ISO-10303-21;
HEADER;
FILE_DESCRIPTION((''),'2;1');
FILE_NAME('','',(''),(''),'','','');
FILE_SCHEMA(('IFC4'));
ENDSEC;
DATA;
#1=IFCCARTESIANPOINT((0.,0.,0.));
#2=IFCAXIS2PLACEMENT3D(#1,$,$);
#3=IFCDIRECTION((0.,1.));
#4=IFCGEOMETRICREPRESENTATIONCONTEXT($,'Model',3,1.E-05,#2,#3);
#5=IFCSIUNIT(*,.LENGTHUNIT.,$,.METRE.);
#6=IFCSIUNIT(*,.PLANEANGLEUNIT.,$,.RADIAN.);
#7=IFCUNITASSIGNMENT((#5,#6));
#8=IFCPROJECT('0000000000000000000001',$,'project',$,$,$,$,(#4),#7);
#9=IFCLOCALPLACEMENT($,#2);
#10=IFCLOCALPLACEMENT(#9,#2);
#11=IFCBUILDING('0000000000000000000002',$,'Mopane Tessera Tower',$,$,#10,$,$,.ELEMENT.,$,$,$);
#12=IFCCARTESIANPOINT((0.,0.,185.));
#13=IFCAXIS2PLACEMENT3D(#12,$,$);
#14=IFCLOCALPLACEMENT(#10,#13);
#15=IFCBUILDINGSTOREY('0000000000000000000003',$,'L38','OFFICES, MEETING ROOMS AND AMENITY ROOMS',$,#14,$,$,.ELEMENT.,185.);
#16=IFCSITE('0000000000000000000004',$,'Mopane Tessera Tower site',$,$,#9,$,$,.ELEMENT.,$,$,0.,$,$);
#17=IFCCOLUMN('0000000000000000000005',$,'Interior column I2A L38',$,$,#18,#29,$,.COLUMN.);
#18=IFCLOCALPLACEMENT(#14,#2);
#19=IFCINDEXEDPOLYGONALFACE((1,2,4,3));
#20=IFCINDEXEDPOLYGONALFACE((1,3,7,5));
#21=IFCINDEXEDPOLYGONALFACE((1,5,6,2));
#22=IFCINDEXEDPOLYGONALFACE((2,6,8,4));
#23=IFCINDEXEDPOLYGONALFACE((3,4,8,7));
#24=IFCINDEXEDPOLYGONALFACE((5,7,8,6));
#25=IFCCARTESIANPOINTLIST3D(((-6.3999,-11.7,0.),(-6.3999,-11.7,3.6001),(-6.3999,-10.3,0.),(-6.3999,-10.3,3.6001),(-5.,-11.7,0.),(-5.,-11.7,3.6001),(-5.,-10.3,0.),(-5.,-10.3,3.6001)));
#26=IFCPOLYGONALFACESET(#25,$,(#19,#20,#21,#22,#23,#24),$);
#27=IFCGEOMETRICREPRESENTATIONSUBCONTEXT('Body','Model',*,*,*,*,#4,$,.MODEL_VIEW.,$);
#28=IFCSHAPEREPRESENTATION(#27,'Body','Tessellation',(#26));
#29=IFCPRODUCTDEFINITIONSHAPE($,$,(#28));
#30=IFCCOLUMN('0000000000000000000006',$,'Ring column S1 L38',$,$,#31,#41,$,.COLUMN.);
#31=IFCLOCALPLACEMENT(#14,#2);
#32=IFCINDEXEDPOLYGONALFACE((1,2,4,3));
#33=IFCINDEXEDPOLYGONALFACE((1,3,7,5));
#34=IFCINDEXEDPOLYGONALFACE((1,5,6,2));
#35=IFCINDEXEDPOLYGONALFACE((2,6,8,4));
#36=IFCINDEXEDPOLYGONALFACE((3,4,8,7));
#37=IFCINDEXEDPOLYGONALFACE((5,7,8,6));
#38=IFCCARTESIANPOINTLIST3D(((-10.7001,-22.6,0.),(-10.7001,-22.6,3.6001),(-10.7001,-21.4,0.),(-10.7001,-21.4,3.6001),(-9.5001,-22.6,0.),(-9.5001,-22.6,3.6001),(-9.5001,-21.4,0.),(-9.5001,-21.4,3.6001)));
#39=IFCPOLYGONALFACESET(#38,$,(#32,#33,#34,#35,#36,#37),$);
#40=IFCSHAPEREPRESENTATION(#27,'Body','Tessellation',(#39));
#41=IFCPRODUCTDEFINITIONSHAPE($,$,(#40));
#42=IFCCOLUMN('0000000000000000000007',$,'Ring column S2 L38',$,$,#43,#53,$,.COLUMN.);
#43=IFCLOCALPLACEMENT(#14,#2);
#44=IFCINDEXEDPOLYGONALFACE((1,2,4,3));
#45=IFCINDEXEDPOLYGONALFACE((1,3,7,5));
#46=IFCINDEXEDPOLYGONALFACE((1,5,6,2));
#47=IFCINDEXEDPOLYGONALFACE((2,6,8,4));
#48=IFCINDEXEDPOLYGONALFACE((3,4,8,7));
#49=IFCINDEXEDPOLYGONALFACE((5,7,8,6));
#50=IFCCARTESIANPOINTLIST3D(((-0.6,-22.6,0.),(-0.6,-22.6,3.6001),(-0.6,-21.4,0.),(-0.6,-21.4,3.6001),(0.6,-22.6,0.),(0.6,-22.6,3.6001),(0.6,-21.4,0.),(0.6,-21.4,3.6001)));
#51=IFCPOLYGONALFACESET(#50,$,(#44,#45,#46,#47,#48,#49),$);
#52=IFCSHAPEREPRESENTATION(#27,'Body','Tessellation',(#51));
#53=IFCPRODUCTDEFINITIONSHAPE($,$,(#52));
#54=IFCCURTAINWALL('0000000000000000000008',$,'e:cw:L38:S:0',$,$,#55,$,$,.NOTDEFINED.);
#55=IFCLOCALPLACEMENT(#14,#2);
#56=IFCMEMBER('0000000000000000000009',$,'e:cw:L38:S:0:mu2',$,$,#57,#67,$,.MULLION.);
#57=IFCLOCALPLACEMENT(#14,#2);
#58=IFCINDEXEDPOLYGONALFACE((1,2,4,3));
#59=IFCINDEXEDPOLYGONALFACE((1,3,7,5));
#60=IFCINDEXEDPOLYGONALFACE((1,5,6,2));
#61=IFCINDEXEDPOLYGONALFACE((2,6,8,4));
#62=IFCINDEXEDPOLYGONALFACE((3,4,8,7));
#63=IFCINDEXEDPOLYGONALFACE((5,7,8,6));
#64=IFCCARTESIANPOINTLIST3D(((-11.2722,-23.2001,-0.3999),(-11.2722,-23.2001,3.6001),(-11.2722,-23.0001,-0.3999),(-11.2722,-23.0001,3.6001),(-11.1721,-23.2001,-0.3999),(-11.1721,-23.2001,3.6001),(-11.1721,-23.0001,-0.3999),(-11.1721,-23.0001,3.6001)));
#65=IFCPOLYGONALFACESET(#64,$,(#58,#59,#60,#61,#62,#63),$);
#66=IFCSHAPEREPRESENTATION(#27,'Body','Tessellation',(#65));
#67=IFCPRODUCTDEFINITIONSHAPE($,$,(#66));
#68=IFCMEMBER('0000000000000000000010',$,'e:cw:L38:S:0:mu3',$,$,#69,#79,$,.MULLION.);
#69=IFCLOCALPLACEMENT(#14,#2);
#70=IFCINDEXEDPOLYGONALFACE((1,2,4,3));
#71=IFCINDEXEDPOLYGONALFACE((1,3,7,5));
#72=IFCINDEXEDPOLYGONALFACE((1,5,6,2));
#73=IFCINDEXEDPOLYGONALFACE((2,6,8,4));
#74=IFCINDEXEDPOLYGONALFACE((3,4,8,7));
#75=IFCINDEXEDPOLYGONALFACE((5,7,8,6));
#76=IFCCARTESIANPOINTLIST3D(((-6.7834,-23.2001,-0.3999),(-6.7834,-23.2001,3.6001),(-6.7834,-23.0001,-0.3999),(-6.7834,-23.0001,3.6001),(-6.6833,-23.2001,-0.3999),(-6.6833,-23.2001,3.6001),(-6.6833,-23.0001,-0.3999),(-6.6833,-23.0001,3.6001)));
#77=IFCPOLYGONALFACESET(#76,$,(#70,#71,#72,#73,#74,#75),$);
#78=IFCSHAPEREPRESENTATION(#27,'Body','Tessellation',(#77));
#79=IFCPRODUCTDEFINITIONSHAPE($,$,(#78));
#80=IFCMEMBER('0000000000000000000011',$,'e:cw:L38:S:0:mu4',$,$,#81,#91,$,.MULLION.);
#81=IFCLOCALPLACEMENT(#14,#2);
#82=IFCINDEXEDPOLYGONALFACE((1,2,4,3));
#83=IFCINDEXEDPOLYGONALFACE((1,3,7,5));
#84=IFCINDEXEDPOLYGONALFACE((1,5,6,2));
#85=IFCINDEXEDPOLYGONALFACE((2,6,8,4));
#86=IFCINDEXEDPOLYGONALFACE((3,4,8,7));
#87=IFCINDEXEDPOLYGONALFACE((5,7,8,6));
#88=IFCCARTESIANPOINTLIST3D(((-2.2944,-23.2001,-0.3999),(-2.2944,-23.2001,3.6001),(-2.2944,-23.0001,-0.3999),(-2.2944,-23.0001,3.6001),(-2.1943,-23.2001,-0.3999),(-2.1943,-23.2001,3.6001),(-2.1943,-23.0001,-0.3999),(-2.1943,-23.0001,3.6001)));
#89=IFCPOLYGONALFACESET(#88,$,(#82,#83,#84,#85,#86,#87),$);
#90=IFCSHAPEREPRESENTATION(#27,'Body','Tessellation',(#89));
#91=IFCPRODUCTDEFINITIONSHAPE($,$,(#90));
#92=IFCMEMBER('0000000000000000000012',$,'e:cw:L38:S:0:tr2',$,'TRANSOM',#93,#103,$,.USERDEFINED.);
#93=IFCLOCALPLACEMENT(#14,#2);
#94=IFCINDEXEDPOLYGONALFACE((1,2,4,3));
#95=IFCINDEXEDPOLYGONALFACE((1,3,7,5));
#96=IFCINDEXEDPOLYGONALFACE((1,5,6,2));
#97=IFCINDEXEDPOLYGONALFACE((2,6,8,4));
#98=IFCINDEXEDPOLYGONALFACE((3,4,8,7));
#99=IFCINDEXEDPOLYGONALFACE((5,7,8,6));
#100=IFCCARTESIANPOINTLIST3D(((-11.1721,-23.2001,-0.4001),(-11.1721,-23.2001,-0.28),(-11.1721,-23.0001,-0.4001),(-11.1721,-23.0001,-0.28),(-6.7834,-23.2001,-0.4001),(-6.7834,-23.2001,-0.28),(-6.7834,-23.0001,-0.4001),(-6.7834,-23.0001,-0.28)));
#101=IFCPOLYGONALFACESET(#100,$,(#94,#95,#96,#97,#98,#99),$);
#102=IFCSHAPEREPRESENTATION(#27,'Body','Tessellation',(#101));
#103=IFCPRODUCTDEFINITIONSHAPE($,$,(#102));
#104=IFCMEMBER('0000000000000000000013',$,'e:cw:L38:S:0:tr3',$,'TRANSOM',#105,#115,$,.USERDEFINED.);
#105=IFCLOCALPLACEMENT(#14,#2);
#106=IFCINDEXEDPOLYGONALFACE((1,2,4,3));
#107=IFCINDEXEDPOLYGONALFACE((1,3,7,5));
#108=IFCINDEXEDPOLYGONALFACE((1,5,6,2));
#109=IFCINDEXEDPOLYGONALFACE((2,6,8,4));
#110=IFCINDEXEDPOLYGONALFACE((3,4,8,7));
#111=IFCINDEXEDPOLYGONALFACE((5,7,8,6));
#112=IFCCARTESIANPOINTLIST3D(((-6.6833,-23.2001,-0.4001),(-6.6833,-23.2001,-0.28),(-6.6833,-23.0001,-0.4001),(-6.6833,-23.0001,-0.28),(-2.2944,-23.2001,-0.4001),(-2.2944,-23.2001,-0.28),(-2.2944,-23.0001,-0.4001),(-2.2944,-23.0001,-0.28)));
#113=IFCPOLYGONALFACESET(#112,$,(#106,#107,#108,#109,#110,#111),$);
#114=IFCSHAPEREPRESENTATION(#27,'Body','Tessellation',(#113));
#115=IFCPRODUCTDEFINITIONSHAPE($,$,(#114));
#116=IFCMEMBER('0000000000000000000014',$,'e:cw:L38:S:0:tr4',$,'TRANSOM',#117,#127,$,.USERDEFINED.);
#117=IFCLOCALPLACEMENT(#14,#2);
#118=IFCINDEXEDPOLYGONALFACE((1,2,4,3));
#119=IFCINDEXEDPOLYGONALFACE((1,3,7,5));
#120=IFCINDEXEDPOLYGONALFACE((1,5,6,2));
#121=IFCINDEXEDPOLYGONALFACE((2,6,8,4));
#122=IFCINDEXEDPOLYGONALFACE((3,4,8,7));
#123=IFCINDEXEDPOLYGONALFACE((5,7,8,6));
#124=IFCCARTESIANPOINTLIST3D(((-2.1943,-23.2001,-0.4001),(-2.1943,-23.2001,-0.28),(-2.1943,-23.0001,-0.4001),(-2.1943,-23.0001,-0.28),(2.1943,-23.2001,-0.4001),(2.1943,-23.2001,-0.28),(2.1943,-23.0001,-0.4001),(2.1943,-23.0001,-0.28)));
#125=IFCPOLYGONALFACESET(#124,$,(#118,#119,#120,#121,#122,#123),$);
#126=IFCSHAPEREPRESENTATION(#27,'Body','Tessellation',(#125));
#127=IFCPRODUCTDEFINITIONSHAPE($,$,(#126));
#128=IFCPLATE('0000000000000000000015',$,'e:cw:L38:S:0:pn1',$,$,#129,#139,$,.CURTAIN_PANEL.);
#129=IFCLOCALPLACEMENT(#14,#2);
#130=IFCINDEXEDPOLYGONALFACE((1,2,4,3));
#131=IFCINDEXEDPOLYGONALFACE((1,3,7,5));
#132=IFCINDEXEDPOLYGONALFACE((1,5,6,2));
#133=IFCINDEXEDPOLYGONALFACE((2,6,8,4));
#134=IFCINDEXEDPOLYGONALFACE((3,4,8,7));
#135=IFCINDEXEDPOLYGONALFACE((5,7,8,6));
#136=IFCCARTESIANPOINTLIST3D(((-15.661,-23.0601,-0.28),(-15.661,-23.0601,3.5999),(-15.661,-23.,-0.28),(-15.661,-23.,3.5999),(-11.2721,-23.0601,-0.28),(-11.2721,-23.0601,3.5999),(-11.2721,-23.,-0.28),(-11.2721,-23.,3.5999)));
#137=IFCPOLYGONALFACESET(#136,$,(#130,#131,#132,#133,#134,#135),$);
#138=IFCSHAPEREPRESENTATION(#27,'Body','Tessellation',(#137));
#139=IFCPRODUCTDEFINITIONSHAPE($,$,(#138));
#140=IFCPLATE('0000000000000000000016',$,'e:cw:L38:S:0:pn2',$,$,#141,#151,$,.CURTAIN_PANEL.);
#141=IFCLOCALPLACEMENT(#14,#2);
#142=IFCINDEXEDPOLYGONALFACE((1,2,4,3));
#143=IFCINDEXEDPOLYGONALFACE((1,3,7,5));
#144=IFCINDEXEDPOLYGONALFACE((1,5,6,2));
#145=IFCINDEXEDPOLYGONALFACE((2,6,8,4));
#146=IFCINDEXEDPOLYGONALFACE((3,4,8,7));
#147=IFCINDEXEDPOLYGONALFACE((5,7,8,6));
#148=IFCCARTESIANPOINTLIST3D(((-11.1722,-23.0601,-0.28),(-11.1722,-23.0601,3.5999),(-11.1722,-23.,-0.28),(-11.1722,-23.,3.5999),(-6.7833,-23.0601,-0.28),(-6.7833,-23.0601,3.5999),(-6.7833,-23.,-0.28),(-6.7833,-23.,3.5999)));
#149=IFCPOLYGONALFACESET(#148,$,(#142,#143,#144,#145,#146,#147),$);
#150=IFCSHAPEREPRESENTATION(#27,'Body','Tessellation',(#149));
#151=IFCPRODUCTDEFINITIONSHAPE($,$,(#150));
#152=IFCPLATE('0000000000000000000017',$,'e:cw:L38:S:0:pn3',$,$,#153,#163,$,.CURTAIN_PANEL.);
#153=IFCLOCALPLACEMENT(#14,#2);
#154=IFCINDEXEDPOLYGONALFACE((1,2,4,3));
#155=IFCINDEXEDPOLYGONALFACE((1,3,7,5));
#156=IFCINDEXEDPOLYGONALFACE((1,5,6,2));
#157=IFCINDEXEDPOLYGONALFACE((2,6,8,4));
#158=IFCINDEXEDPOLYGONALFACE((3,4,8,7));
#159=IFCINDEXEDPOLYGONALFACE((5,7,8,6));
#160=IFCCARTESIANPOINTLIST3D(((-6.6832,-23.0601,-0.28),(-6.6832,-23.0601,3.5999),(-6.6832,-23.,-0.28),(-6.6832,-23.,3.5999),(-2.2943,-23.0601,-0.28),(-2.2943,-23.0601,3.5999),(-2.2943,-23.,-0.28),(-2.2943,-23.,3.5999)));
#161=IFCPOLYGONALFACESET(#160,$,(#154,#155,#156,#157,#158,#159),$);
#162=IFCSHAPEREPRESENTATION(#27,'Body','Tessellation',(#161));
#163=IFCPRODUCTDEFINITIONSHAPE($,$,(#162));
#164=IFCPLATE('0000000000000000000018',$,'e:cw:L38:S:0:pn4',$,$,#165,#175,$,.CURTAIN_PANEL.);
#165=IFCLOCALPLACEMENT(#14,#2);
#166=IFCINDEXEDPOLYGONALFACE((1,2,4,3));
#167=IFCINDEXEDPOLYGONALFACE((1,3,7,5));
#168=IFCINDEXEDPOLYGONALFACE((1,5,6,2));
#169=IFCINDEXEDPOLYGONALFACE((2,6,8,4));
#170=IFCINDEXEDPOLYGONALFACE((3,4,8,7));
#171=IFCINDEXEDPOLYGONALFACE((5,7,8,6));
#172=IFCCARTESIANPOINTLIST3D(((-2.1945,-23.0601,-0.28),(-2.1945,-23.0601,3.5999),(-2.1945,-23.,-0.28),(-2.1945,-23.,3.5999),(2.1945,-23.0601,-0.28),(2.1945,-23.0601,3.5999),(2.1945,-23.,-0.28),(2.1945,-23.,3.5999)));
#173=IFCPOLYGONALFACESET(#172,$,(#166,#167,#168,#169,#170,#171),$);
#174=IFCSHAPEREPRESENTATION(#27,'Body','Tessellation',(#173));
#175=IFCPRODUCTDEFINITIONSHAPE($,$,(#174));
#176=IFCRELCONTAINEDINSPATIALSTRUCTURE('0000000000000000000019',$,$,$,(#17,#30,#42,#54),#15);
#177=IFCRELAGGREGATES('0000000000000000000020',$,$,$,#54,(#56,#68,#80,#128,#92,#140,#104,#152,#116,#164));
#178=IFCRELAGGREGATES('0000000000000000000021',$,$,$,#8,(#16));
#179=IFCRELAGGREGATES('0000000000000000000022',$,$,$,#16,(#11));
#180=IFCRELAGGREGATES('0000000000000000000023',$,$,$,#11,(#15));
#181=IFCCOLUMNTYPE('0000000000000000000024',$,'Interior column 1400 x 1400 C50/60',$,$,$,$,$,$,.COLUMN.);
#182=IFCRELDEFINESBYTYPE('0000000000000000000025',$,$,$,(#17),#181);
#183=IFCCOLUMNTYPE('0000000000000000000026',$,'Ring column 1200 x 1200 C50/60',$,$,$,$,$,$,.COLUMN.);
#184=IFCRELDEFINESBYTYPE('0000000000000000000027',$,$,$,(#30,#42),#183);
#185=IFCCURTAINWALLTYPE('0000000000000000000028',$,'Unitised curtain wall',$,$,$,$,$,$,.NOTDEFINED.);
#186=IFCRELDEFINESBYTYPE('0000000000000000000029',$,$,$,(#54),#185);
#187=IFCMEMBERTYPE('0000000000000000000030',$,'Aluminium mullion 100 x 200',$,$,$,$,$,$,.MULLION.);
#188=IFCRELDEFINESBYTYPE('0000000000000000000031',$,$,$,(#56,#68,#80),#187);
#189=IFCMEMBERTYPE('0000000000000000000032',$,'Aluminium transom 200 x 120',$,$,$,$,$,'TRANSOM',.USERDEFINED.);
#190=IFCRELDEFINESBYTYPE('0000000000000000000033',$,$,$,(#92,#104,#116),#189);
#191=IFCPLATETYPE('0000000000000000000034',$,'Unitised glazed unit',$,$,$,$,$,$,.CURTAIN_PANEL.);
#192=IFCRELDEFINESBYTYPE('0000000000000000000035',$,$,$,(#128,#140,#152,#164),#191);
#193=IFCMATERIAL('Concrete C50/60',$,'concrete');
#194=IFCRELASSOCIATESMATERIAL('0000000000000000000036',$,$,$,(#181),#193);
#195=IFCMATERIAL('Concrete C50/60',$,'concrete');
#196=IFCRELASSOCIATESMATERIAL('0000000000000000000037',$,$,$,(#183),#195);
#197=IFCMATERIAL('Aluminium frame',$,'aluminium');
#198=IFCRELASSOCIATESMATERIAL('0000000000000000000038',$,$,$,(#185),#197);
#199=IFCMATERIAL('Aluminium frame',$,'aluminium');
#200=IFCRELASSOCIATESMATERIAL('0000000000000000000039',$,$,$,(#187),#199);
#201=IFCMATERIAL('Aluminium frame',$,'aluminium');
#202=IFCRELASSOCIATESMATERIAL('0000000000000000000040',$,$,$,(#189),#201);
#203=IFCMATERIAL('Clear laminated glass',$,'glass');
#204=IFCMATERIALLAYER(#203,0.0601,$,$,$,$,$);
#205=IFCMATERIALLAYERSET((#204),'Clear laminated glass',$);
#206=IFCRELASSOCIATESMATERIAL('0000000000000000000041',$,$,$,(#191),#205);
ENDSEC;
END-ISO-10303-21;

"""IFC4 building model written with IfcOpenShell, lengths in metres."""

from ifc_helpers import new_model, si_unit, direction, frame, origin, origin_2d, place, context, subcontext, project, spatial, rectangle, extrude, material, layer, layer_set, material_profile, profile_set, type_object, element, aggregate, save


model = new_model("IFC4")

# Units and contexts
model_context = context("Model", 3, precision=1e-05, world=origin(), true_north=direction((0.0, 1.0)))
body_context = subcontext(model_context, "Body", "Model", "MODEL_VIEW")
ifc_project = project(units=[si_unit("LENGTHUNIT", "METRE"), si_unit("PLANEANGLEUNIT", "RADIAN")], contexts=[model_context])

# Site, building, storey
site_placement = place(None, origin())
site = spatial("IfcSite", under=ifc_project, at=site_placement, Name="Mopane Tessera Tower site", CompositionType="ELEMENT", RefElevation=0.0)
building_placement = place(site_placement, origin())
building = spatial("IfcBuilding", under=site, at=building_placement, Name="Mopane Tessera Tower", CompositionType="ELEMENT")
storey_placement = place(building_placement, frame((0.0, 0.0, 185.0)))
storey = spatial("IfcBuildingStorey", under=building, at=storey_placement, Name="L38", Description="OFFICES, MEETING ROOMS AND AMENITY ROOMS", CompositionType="ELEMENT", Elevation=185.0)

# Columns
ifc_material_1 = material(Name="Concrete C50/60", Category="concrete")
ifc_material_profile_1 = material_profile(ifc_material_1, rectangle(XDim=1.3999, YDim=1.3999, at=origin_2d()))
ifc_profile_set_1 = profile_set([ifc_material_profile_1], Name="Concrete C50/60")
column_type_1 = type_object("IfcColumnType", Name="Interior column 1400 x 1400 C50/60", PredefinedType="COLUMN", material=ifc_profile_set_1)
column_placement = place(storey_placement, frame((-5.7, -11.0, 0.0), z_axis=(0.0, 0.0, 1.0), x_axis=(1.0, 0.0, 0.0)))
element("IfcColumn", 1, at=column_placement, inside=storey, type_object=column_type_1, Name="Interior column I2A L38", PredefinedType="COLUMN", context=body_context, shape_type="SweptSolid", body=[
    extrude(rectangle(XDim=1.3999, YDim=1.3999, at=origin_2d()), origin(), (0.0, 0.0, 1.0), 3.6001),
])
ifc_material_2 = material(Name="Concrete C50/60", Category="concrete")
ifc_material_profile_2 = material_profile(ifc_material_2, rectangle(XDim=1.2, YDim=1.2, at=origin_2d()))
ifc_profile_set_2 = profile_set([ifc_material_profile_2], Name="Concrete C50/60")
column_type_2 = type_object("IfcColumnType", Name="Ring column 1200 x 1200 C50/60", PredefinedType="COLUMN", material=ifc_profile_set_2)
for number, where, z_axis, x_axis, name in (
    (2, (-10.1001, -22.0, 0.0), (0.0, 0.0, 1.0), (1.0, 0.0, 0.0), "Ring column S1 L38"),
    (3, (0.0, -22.0, 0.0), (0.0, 0.0, 1.0), (1.0, 0.0, 0.0), "Ring column S2 L38"),
):
    element("IfcColumn", number, at=place(storey_placement, frame(where, z_axis=z_axis, x_axis=x_axis)), inside=storey, type_object=column_type_2, Name=name, PredefinedType="COLUMN", context=body_context, shape_type="SweptSolid", body=[
        extrude(rectangle(XDim=1.2, YDim=1.2, at=origin_2d()), origin(), (0.0, 0.0, 1.0), 3.6001),
    ])

# Curtain wall, members, plates
ifc_material_3 = material(Name="Aluminium frame", Category="aluminium")
curtain_wall_type = type_object("IfcCurtainWallType", Name="Unitised curtain wall", PredefinedType="NOTDEFINED", material=ifc_material_3)
curtain_wall_placement = place(storey_placement, origin())
curtain_wall = element("IfcCurtainWall", 4, at=curtain_wall_placement, inside=storey, type_object=curtain_wall_type, Name="e:cw:L38:S:0", PredefinedType="NOTDEFINED")
ifc_material_4 = material(Name="Aluminium frame", Category="aluminium")
ifc_material_profile_3 = material_profile(ifc_material_4, rectangle(XDim=0.1001, YDim=0.2, at=origin_2d()))
ifc_profile_set_3 = profile_set([ifc_material_profile_3], Name="Aluminium frame")
member_type_1 = type_object("IfcMemberType", Name="Aluminium mullion 100 x 200", PredefinedType="MULLION", material=ifc_profile_set_3)
member_1_placement = place(storey_placement, frame((-11.2222, -23.1001, -0.3999), z_axis=(0.0, 0.0, 1.0), x_axis=(1.0, 0.0, 0.0)))
member_1 = element("IfcMember", 5, at=member_1_placement, type_object=member_type_1, Name="e:cw:L38:S:0:mu2", PredefinedType="MULLION", context=body_context, shape_type="SweptSolid", body=[
    extrude(rectangle(XDim=0.1001, YDim=0.2, at=origin_2d()), origin(), (0.0, 0.0, 1.0), 4.0),
])
member_2_placement = place(storey_placement, frame((-6.7334, -23.1001, -0.3999), z_axis=(0.0, 0.0, 1.0), x_axis=(1.0, 0.0, 0.0)))
member_2 = element("IfcMember", 6, at=member_2_placement, type_object=member_type_1, Name="e:cw:L38:S:0:mu3", PredefinedType="MULLION", context=body_context, shape_type="SweptSolid", body=[
    extrude(rectangle(XDim=0.1001, YDim=0.2, at=origin_2d()), origin(), (0.0, 0.0, 1.0), 4.0),
])
member_3_placement = place(storey_placement, frame((-2.2444, -23.1001, -0.3999), z_axis=(0.0, 0.0, 1.0), x_axis=(1.0, 0.0, 0.0)))
member_3 = element("IfcMember", 7, at=member_3_placement, type_object=member_type_1, Name="e:cw:L38:S:0:mu4", PredefinedType="MULLION", context=body_context, shape_type="SweptSolid", body=[
    extrude(rectangle(XDim=0.1001, YDim=0.2, at=origin_2d()), origin(), (0.0, 0.0, 1.0), 4.0),
])
ifc_material_5 = material(Name="Aluminium frame", Category="aluminium")
ifc_material_profile_4 = material_profile(ifc_material_5, rectangle(XDim=0.2, YDim=0.1201, at=origin_2d()))
ifc_profile_set_4 = profile_set([ifc_material_profile_4], Name="Aluminium frame")
member_type_2 = type_object("IfcMemberType", Name="Aluminium transom 200 x 120", ElementType="TRANSOM", PredefinedType="USERDEFINED", material=ifc_profile_set_4)
member_4_placement = place(storey_placement, frame((-11.1721, -23.1001, -0.3401), z_axis=(1.0, 0.0, 0.0), x_axis=(0.0, 1.0, 0.0)))
member_4 = element("IfcMember", 8, at=member_4_placement, type_object=member_type_2, Name="e:cw:L38:S:0:tr2", ObjectType="TRANSOM", PredefinedType="USERDEFINED", context=body_context, shape_type="SweptSolid", body=[
    extrude(rectangle(XDim=0.2, YDim=0.1201, at=origin_2d()), origin(), (0.0, 0.0, 1.0), 4.3887),
])
member_5_placement = place(storey_placement, frame((-6.6833, -23.1001, -0.3401), z_axis=(1.0, 0.0, 0.0), x_axis=(0.0, 1.0, 0.0)))
member_5 = element("IfcMember", 9, at=member_5_placement, type_object=member_type_2, Name="e:cw:L38:S:0:tr3", ObjectType="TRANSOM", PredefinedType="USERDEFINED", context=body_context, shape_type="SweptSolid", body=[
    extrude(rectangle(XDim=0.2, YDim=0.1201, at=origin_2d()), origin(), (0.0, 0.0, 1.0), 4.3889),
])
member_6_placement = place(storey_placement, frame((-2.1943, -23.1001, -0.3401), z_axis=(1.0, 0.0, 0.0), x_axis=(0.0, 1.0, 0.0)))
member_6 = element("IfcMember", 10, at=member_6_placement, type_object=member_type_2, Name="e:cw:L38:S:0:tr4", ObjectType="TRANSOM", PredefinedType="USERDEFINED", context=body_context, shape_type="SweptSolid", body=[
    extrude(rectangle(XDim=0.2, YDim=0.1201, at=origin_2d()), origin(), (0.0, 0.0, 1.0), 4.3887),
])
ifc_material_6 = material(Name="Clear laminated glass", Category="glass")
ifc_layer_1 = layer(ifc_material_6, 0.0601)
ifc_layer_set_1 = layer_set([ifc_layer_1], Name="Clear laminated glass")
plate_type = type_object("IfcPlateType", Name="Unitised glazed unit", PredefinedType="CURTAIN_PANEL", material=ifc_layer_set_1)
plate_1_placement = place(storey_placement, frame((-13.4666, -23.03, -0.28), z_axis=(0.0, 0.0, 1.0), x_axis=(1.0, 0.0, 0.0)))
plate_1 = element("IfcPlate", 11, at=plate_1_placement, type_object=plate_type, Name="e:cw:L38:S:0:pn1", PredefinedType="CURTAIN_PANEL", context=body_context, shape_type="SweptSolid", body=[
    extrude(rectangle(XDim=4.3889, YDim=0.0601, at=origin_2d()), origin(), (0.0, 0.0, 1.0), 3.8799),
])
plate_2_placement = place(storey_placement, frame((-8.9778, -23.03, -0.28), z_axis=(0.0, 0.0, 1.0), x_axis=(1.0, 0.0, 0.0)))
plate_2 = element("IfcPlate", 12, at=plate_2_placement, type_object=plate_type, Name="e:cw:L38:S:0:pn2", PredefinedType="CURTAIN_PANEL", context=body_context, shape_type="SweptSolid", body=[
    extrude(rectangle(XDim=4.3889, YDim=0.0601, at=origin_2d()), origin(), (0.0, 0.0, 1.0), 3.8799),
])
plate_3_placement = place(storey_placement, frame((-4.4888, -23.03, -0.28), z_axis=(0.0, 0.0, 1.0), x_axis=(1.0, 0.0, 0.0)))
plate_3 = element("IfcPlate", 13, at=plate_3_placement, type_object=plate_type, Name="e:cw:L38:S:0:pn3", PredefinedType="CURTAIN_PANEL", context=body_context, shape_type="SweptSolid", body=[
    extrude(rectangle(XDim=4.3889, YDim=0.0601, at=origin_2d()), origin(), (0.0, 0.0, 1.0), 3.8799),
])
plate_4_placement = place(storey_placement, frame((0.0, -23.03, -0.28), z_axis=(0.0, 0.0, 1.0), x_axis=(1.0, 0.0, 0.0)))
plate_4 = element("IfcPlate", 14, at=plate_4_placement, type_object=plate_type, Name="e:cw:L38:S:0:pn4", PredefinedType="CURTAIN_PANEL", context=body_context, shape_type="SweptSolid", body=[
    extrude(rectangle(XDim=4.3889, YDim=0.0601, at=origin_2d()), origin(), (0.0, 0.0, 1.0), 3.8799),
])
aggregate(curtain_wall, [member_1, member_2, member_3, plate_1, member_4, plate_2, member_5, plate_3, member_6, plate_4])

save(model, "model.ifc")
